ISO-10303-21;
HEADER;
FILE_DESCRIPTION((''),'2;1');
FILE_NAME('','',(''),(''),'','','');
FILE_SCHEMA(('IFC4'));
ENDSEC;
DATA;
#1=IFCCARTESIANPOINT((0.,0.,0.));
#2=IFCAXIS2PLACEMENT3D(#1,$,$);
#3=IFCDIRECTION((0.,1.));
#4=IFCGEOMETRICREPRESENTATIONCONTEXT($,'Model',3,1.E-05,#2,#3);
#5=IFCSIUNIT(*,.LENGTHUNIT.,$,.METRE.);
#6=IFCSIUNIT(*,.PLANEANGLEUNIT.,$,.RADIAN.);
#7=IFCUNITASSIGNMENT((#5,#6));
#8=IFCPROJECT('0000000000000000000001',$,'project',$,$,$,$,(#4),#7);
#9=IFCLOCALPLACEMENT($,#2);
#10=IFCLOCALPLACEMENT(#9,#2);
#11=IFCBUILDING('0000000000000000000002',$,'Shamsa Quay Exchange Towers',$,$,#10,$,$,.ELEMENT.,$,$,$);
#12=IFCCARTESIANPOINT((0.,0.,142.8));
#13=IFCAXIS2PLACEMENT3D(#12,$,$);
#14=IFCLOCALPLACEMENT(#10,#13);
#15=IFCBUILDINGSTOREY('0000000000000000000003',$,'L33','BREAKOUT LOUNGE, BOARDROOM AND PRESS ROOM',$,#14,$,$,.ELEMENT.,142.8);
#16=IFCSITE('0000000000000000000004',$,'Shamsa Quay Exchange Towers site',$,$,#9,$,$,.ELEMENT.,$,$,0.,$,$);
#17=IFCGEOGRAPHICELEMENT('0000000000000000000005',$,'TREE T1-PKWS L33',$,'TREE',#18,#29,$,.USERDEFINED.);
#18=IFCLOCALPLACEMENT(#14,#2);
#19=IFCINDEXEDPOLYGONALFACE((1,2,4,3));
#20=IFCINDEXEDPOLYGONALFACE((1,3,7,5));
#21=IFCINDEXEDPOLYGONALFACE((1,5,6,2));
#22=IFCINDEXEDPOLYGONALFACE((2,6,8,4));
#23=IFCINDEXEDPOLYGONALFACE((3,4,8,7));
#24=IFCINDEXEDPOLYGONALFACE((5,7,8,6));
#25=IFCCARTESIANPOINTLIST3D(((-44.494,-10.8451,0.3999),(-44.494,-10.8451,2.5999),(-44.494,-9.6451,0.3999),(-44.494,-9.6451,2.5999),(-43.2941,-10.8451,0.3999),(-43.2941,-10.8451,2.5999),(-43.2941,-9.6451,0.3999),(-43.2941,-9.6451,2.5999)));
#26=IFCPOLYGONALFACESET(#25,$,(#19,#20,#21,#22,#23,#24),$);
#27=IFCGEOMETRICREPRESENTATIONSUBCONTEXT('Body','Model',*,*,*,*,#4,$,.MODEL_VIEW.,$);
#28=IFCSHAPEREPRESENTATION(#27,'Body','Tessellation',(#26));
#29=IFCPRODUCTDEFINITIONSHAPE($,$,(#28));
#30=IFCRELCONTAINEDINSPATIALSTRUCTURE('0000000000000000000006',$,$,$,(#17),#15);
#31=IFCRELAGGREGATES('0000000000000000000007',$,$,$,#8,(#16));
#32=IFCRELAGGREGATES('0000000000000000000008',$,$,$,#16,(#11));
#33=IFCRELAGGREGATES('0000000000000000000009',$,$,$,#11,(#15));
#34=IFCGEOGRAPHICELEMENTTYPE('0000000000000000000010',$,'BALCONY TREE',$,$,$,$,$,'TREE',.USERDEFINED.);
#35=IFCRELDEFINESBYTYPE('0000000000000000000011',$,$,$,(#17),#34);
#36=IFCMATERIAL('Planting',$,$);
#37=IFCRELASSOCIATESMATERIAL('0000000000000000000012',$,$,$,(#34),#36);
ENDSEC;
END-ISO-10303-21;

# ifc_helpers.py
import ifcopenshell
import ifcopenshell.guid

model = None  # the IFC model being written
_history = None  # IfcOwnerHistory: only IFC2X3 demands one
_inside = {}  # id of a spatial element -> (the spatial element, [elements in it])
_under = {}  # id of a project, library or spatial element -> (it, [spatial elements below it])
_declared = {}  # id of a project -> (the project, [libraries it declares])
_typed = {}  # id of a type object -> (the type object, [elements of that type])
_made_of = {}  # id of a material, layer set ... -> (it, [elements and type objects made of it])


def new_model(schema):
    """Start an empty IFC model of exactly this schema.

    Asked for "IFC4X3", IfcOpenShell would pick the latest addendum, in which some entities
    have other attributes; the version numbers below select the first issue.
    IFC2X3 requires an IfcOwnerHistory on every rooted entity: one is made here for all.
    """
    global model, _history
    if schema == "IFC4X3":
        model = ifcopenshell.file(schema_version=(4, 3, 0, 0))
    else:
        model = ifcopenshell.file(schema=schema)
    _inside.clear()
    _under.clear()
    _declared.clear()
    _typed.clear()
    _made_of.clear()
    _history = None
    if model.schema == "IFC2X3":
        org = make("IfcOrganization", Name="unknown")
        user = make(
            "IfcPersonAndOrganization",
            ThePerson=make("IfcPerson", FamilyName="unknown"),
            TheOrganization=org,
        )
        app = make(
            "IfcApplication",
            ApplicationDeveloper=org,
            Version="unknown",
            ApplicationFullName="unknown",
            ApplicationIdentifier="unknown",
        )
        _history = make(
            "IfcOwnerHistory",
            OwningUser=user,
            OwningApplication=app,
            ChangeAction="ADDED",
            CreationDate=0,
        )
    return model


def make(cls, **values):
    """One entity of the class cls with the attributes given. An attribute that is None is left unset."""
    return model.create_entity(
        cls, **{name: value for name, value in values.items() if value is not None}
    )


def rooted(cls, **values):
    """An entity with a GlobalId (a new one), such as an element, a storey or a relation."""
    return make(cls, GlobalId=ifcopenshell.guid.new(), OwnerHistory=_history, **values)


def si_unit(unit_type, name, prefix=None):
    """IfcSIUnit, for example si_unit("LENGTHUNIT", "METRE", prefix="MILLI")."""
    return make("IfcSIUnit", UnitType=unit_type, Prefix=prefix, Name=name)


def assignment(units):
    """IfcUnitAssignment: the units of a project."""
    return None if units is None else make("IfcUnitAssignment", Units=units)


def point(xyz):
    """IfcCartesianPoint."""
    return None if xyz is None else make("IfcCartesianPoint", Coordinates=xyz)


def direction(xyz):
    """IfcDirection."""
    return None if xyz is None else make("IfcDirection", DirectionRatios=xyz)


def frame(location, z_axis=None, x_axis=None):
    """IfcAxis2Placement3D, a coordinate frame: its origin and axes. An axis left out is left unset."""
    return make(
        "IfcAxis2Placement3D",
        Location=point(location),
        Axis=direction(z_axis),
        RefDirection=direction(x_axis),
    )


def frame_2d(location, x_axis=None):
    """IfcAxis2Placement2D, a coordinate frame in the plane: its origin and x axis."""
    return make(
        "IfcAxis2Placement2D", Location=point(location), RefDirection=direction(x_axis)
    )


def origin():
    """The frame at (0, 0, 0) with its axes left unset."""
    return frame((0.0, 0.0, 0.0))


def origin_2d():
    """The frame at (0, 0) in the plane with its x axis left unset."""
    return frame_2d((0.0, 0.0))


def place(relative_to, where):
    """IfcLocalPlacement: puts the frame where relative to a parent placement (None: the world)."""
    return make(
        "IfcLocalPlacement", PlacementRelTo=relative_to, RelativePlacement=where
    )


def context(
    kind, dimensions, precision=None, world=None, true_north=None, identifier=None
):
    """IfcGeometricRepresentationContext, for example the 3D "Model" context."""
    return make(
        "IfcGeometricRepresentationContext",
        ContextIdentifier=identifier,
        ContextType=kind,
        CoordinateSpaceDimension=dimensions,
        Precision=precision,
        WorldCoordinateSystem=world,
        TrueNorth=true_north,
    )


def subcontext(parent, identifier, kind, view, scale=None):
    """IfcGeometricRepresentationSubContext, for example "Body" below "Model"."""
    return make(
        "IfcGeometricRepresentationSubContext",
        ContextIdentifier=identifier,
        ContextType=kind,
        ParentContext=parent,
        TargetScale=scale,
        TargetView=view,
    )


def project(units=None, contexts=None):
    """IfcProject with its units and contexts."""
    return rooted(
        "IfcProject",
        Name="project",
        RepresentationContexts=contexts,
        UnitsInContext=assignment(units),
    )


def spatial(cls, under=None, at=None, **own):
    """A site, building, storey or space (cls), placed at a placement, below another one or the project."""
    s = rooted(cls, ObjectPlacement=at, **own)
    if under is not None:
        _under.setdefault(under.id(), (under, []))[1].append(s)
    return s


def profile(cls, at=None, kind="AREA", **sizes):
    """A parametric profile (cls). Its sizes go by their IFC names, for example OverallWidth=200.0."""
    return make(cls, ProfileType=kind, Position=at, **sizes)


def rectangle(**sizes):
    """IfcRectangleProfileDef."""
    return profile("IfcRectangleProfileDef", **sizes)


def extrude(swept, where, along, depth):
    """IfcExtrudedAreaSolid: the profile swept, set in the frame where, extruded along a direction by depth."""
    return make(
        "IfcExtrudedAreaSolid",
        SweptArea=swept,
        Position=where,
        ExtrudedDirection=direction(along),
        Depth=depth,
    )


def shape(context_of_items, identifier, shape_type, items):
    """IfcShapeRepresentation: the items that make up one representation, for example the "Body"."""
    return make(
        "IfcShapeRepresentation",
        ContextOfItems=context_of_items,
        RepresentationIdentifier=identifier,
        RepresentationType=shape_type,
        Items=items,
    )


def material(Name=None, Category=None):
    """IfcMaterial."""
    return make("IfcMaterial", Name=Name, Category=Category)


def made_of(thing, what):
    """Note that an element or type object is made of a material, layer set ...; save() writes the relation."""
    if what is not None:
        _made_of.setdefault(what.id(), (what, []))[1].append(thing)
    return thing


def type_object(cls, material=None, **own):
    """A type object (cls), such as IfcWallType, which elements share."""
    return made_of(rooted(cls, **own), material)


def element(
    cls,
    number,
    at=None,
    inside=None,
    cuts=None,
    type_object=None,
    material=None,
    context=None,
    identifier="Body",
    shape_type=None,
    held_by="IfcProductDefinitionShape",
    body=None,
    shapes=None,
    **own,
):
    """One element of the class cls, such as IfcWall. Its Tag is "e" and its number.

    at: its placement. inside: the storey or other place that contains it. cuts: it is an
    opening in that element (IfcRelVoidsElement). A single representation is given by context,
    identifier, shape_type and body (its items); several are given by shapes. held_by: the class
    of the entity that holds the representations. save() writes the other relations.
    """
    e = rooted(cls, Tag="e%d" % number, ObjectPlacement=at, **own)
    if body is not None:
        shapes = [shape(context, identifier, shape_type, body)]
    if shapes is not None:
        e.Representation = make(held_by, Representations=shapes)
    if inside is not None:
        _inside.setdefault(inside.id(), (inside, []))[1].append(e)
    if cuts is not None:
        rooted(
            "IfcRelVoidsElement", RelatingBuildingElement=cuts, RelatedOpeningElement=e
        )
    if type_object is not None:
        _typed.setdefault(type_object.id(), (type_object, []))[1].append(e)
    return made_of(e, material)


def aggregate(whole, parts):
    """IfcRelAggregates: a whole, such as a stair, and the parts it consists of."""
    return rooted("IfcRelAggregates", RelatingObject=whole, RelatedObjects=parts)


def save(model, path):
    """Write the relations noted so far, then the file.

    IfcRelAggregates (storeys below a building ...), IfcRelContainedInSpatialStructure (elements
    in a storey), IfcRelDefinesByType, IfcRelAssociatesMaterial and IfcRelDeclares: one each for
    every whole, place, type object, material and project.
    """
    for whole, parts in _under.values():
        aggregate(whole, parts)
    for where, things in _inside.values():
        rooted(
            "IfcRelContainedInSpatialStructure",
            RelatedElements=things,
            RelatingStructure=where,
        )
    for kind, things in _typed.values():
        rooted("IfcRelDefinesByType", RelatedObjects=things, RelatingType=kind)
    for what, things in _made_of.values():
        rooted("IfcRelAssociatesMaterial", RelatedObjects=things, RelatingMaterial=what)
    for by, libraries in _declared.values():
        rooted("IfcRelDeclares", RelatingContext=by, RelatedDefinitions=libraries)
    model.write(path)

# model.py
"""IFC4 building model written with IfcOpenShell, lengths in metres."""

from ifc_helpers import new_model, si_unit, direction, frame, origin, origin_2d, place, context, subcontext, project, spatial, rectangle, extrude, material, type_object, element, save


model = new_model("IFC4")

# Units and contexts
model_context = context("Model", 3, precision=1e-05, world=origin(), true_north=direction((0.0, 1.0)))
body_context = subcontext(model_context, "Body", "Model", "MODEL_VIEW")
ifc_project = project(units=[si_unit("LENGTHUNIT", "METRE"), si_unit("PLANEANGLEUNIT", "RADIAN")], contexts=[model_context])

# Site, building, storey
site_placement = place(None, origin())
site = spatial("IfcSite", under=ifc_project, at=site_placement, Name="Shamsa Quay Exchange Towers site", CompositionType="ELEMENT", RefElevation=0.0)
building_placement = place(site_placement, origin())
building = spatial("IfcBuilding", under=site, at=building_placement, Name="Shamsa Quay Exchange Towers", CompositionType="ELEMENT")
storey_placement = place(building_placement, frame((0.0, 0.0, 142.8)))
storey = spatial("IfcBuildingStorey", under=building, at=storey_placement, Name="L33", Description="BREAKOUT LOUNGE, BOARDROOM AND PRESS ROOM", CompositionType="ELEMENT", Elevation=142.8)

# Geographic element
ifc_material_1 = material(Name="Planting")
geographic_element_type = type_object("IfcGeographicElementType", Name="BALCONY TREE", ElementType="TREE", PredefinedType="USERDEFINED", material=ifc_material_1)
geographic_element_placement = place(storey_placement, frame((-43.894, -10.2451, 0.3999)))
element("IfcGeographicElement", 1, at=geographic_element_placement, inside=storey, type_object=geographic_element_type, Name="TREE T1-PKWS L33", ObjectType="TREE", PredefinedType="USERDEFINED", context=body_context, shape_type="SweptSolid", body=[
    extrude(rectangle(XDim=1.2, YDim=1.2, at=origin_2d()), origin(), (0.0, 0.0, 1.0), 2.2),
])

save(model, "model.ifc")
